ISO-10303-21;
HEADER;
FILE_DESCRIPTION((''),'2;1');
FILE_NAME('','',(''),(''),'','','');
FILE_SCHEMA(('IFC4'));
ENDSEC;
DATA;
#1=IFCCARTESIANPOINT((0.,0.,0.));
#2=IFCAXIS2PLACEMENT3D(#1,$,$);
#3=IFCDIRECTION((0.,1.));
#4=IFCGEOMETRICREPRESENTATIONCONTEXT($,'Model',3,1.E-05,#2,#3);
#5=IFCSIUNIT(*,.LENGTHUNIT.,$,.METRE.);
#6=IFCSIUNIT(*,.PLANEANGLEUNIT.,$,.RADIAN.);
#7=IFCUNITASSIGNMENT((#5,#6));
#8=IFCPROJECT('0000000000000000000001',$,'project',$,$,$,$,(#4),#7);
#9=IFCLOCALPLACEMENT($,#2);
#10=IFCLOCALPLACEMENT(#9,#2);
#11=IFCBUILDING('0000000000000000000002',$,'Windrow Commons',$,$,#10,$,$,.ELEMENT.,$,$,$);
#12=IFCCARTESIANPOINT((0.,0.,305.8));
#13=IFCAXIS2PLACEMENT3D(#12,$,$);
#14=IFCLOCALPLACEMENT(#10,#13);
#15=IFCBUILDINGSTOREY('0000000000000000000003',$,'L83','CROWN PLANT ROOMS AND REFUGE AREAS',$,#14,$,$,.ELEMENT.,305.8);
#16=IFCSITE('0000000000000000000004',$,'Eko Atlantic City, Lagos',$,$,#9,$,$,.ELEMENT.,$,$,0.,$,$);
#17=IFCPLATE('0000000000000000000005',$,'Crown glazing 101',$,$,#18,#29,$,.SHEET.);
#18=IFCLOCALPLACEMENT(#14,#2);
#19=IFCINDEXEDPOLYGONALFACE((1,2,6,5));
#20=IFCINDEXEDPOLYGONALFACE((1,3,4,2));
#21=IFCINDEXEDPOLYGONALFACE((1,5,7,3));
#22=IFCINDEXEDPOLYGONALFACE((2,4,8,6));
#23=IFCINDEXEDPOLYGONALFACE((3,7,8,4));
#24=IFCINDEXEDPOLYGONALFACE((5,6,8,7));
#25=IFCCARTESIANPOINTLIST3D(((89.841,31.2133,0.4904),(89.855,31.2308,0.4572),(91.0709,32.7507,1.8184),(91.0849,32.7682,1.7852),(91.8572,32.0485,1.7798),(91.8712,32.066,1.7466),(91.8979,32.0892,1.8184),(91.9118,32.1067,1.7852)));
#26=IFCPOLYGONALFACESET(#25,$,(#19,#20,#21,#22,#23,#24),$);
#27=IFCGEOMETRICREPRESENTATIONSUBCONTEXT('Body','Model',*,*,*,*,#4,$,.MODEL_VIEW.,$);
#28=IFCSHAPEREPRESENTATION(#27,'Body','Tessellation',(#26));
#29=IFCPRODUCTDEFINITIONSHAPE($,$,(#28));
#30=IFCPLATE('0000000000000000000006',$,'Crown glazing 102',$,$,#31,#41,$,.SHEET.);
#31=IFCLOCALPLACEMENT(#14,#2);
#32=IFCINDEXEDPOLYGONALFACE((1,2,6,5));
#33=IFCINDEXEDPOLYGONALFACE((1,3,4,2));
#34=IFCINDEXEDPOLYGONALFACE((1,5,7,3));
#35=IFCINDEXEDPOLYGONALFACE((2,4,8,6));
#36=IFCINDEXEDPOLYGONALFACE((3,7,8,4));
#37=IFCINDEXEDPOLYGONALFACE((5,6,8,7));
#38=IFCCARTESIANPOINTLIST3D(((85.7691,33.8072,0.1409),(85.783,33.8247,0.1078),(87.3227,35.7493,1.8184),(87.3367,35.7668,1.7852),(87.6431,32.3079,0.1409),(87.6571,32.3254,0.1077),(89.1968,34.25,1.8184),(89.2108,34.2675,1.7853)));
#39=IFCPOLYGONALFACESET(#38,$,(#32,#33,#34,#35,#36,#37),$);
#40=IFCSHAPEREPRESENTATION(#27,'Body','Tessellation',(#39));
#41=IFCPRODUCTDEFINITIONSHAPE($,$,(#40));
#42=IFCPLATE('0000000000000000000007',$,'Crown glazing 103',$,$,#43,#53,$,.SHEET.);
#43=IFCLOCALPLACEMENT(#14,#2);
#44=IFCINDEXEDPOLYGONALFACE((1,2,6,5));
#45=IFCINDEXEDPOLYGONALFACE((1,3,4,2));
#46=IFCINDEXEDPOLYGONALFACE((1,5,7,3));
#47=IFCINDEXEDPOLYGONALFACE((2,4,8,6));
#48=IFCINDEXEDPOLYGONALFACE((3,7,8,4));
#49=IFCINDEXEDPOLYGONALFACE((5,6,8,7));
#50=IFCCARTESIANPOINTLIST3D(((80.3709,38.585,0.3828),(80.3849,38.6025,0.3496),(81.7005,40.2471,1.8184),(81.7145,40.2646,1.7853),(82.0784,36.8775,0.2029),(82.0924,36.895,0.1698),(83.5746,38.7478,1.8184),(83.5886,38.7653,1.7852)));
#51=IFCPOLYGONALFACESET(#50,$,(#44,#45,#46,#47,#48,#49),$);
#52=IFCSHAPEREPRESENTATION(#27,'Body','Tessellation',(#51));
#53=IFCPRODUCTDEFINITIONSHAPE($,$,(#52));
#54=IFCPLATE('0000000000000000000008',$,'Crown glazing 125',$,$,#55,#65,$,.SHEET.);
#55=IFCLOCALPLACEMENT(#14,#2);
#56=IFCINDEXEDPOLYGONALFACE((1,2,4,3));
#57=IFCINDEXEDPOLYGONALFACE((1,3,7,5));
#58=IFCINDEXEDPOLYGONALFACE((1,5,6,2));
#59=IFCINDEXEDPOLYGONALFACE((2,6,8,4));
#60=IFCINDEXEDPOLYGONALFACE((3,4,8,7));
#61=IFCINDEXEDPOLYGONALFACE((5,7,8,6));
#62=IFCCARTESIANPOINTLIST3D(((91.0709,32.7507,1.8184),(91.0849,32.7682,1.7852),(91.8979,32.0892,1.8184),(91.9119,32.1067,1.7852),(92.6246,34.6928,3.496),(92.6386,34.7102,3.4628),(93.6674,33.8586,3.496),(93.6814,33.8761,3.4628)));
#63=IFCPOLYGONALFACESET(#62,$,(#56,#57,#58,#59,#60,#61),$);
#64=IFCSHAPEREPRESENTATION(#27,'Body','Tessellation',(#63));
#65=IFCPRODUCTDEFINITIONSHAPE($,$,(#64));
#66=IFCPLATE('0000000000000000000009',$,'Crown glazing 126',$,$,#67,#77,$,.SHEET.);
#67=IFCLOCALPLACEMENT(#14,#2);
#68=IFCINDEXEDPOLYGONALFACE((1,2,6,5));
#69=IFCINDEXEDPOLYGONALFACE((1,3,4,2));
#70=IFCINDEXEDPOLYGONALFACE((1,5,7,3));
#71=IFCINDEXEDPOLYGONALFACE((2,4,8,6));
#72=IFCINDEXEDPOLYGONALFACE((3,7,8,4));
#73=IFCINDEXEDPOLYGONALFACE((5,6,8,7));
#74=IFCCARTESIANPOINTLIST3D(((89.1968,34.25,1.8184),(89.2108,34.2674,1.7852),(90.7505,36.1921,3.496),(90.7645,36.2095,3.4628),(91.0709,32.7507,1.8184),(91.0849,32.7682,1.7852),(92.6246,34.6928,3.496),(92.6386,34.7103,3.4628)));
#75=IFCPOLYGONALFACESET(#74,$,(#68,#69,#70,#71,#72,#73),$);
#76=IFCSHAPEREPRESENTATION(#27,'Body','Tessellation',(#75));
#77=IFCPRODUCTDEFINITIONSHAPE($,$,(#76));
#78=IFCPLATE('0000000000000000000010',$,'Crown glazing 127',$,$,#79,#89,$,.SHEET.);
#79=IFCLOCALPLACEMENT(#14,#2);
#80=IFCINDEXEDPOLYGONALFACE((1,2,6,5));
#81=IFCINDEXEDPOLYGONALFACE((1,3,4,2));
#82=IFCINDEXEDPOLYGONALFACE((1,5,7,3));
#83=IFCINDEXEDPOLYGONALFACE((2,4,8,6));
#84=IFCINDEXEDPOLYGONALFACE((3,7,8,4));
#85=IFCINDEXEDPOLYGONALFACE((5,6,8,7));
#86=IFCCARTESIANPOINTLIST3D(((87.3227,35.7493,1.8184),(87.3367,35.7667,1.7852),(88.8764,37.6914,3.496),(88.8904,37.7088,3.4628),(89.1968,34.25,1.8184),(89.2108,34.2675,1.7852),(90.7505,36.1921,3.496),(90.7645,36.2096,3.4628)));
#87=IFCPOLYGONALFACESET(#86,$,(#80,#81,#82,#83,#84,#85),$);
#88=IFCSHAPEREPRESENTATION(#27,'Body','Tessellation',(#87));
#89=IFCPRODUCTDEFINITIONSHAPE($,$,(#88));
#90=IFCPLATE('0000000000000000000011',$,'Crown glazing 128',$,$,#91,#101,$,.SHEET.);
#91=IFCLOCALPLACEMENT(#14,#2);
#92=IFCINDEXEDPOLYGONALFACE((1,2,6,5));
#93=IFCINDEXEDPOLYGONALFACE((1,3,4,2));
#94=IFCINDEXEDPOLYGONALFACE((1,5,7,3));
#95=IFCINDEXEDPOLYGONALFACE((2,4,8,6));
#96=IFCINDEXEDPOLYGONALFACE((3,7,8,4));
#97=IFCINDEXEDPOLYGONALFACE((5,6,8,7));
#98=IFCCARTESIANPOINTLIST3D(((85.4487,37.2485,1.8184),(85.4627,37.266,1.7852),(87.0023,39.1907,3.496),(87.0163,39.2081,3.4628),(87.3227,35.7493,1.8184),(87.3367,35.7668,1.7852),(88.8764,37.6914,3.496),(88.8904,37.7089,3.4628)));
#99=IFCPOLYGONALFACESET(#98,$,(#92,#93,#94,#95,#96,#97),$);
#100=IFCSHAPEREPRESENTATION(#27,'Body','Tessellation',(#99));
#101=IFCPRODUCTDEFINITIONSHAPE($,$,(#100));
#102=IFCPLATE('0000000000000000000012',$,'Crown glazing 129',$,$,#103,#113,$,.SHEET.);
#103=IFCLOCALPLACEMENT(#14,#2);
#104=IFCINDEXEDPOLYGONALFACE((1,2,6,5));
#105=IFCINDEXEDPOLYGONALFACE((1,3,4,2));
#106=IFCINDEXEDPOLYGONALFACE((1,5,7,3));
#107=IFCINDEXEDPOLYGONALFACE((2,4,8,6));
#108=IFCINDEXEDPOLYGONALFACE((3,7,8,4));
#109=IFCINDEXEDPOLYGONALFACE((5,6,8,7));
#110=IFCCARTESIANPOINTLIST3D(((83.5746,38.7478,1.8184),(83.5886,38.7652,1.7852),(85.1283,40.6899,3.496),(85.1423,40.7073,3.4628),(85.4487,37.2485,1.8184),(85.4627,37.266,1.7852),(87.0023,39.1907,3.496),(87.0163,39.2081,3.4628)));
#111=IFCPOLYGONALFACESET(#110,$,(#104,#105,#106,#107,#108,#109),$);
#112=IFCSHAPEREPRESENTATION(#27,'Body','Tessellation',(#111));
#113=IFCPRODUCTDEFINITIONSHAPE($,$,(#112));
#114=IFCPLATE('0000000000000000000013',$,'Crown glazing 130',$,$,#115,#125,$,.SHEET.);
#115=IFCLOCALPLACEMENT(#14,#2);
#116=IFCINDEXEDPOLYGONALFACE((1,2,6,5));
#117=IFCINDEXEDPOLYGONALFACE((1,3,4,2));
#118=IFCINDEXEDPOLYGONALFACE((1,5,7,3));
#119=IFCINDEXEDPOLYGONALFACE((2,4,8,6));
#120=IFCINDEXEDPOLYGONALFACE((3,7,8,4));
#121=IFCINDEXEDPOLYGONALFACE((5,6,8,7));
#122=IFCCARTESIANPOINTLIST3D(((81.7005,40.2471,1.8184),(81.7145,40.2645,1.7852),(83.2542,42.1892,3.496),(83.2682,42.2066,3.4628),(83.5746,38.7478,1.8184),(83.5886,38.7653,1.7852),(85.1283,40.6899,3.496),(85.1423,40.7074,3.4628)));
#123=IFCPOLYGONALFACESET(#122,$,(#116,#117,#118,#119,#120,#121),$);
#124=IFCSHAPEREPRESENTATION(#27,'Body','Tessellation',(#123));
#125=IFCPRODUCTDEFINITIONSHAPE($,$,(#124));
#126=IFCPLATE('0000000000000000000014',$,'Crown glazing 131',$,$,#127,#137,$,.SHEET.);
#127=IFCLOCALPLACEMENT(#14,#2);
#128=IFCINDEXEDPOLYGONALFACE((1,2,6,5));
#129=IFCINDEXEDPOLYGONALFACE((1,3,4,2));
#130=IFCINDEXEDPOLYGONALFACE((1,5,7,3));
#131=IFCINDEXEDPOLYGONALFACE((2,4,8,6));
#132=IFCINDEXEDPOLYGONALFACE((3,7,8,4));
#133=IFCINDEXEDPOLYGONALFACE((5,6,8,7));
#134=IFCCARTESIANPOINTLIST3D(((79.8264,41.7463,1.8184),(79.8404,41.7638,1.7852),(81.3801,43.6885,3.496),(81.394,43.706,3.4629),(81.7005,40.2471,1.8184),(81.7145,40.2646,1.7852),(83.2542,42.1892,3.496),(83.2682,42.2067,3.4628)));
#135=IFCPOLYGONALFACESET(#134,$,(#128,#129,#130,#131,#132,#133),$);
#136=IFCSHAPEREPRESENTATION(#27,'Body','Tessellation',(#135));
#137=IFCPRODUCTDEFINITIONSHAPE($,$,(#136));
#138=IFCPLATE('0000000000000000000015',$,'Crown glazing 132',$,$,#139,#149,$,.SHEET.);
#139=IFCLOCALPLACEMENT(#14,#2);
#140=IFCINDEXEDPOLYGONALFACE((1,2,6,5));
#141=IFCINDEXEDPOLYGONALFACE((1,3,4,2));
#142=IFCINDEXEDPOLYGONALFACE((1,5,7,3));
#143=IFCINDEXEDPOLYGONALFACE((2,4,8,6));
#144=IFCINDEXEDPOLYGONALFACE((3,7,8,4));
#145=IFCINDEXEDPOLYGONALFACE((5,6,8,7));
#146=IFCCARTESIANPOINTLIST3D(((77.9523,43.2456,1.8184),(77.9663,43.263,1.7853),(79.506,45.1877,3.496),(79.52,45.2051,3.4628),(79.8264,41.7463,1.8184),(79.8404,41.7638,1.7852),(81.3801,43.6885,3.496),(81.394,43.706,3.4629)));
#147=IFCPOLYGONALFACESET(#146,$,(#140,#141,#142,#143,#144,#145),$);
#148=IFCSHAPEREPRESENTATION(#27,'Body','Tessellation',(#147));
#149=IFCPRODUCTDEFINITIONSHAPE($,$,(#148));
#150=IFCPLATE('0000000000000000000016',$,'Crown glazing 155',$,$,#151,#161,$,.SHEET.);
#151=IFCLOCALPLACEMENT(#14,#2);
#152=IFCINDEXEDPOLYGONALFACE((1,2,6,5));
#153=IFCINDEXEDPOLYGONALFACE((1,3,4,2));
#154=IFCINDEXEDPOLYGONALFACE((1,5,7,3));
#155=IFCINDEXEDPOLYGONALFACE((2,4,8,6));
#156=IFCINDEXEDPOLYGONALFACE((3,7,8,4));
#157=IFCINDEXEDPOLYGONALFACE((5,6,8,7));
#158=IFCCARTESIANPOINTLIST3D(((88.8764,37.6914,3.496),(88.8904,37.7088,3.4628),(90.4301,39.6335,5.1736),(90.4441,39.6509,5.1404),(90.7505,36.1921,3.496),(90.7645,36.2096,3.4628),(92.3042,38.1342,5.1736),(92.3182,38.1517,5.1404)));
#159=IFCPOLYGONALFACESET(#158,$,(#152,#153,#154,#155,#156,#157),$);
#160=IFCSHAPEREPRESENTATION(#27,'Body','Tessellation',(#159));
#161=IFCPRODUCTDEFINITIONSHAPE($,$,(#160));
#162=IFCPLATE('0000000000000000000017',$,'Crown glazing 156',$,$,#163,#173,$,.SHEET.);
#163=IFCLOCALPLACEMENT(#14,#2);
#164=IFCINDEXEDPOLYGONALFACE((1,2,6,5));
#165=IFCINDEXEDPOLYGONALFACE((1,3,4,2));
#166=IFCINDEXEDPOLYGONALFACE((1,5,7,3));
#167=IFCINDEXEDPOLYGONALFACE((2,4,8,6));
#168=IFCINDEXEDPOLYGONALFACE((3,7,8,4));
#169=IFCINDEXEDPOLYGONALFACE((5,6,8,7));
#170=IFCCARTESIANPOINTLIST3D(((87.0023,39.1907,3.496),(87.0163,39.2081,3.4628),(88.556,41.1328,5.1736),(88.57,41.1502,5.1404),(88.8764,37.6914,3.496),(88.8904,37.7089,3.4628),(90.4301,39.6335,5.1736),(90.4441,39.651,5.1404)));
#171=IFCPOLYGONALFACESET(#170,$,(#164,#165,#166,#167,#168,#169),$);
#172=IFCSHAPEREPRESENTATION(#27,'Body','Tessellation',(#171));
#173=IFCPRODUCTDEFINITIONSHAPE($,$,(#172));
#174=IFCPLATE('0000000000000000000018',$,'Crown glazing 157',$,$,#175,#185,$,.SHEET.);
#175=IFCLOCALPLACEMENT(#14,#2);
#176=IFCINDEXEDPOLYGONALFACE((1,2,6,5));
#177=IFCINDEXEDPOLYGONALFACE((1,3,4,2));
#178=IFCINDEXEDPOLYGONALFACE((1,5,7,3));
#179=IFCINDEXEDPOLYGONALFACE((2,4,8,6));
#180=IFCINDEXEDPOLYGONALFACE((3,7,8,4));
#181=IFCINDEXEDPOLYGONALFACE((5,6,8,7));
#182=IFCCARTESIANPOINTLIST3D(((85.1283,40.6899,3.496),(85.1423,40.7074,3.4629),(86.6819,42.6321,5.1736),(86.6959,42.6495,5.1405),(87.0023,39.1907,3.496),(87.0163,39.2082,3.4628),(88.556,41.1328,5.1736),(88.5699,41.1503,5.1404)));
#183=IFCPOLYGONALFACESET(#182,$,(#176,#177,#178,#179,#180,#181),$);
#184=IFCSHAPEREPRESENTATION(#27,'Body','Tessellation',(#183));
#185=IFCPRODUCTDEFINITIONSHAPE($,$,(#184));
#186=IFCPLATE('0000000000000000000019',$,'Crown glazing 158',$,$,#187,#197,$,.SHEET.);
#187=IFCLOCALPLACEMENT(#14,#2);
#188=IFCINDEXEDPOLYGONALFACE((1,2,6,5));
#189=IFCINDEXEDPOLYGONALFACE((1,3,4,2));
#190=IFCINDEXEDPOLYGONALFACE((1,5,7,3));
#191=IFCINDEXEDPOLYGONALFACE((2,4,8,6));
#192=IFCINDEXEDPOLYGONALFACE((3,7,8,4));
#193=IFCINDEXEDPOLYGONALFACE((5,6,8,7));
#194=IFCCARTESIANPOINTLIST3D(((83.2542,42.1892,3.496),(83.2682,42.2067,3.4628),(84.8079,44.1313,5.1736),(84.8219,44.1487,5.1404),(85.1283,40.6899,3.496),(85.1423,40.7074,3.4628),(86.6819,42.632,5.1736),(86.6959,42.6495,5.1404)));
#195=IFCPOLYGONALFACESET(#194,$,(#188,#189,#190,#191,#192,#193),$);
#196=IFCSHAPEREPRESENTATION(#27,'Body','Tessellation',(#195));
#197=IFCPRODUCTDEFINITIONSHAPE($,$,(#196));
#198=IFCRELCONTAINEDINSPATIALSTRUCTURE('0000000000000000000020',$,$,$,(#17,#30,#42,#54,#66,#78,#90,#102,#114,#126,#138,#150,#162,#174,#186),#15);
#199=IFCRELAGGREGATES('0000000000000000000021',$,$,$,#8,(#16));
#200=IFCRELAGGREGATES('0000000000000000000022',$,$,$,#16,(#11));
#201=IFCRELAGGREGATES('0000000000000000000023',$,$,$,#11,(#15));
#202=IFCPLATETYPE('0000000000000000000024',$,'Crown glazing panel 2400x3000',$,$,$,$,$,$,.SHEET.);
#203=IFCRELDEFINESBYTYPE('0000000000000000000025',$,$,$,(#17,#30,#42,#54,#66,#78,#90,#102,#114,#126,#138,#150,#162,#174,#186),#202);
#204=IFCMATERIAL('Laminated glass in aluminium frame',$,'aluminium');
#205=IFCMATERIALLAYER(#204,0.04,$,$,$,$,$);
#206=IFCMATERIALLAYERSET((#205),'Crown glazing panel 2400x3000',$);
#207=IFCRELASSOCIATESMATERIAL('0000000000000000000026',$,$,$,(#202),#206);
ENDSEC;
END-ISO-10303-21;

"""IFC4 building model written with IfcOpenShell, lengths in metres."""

from ifc_helpers import new_model, si_unit, direction, frame, origin, place, context, subcontext, project, spatial, polyline, outline, extrude, material, layer, layer_set, type_object, element, save


model = new_model("IFC4")

# Units and contexts
model_context = context("Model", 3, precision=1e-05, world=origin(), true_north=direction((0.0, 1.0)))
body_context = subcontext(model_context, "Body", "Model", "MODEL_VIEW")
ifc_project = project(units=[si_unit("LENGTHUNIT", "METRE"), si_unit("PLANEANGLEUNIT", "RADIAN")], contexts=[model_context])

# Site, building, storey
site_placement = place(None, origin())
site = spatial("IfcSite", under=ifc_project, at=site_placement, Name="Eko Atlantic City, Lagos", CompositionType="ELEMENT", RefElevation=0.0)
building_placement = place(site_placement, origin())
building = spatial("IfcBuilding", under=site, at=building_placement, Name="Windrow Commons", CompositionType="ELEMENT")
storey_placement = place(building_placement, frame((0.0, 0.0, 305.8)))
storey = spatial("IfcBuildingStorey", under=building, at=storey_placement, Name="L83", Description="CROWN PLANT ROOMS AND REFUGE AREAS", CompositionType="ELEMENT", Elevation=305.8)

# Plates
ifc_material_1 = material(Name="Laminated glass in aluminium frame", Category="aluminium")
ifc_layer_1 = layer(ifc_material_1, 0.04)
ifc_layer_set_1 = layer_set([ifc_layer_1], Name="Crown glazing panel 2400x3000")
plate_type = type_object("IfcPlateType", Name="Crown glazing panel 2400x3000", PredefinedType="SHEET", material=ifc_layer_set_1)
plate_1_placement = place(storey_placement, frame((91.8572, 32.0485, 1.7798), z_axis=(-0.34929, -0.436695, 0.829032), x_axis=(-0.795409, -0.329492, -0.508684)))
element("IfcPlate", 1, at=plate_1_placement, inside=storey, type_object=plate_type, Name="Crown glazing 101", PredefinedType="SHEET", context=body_context, shape_type="SweptSolid", body=[
    extrude(outline(polyline([(0.0, 0.0), (2.5348, 0.0), (0.3744, -0.9862), (-0.0654, -0.0229), (0.0, 0.0)])), origin(), (0.0, 0.0, -1.0), 0.04),
])
plate_2_placement = place(storey_placement, frame((87.6431, 32.3079, 0.1409), z_axis=(-0.349325, -0.436639, 0.829047), x_axis=(-0.780851, 0.624717, 0.000006)))
element("IfcPlate", 2, at=plate_2_placement, inside=storey, type_object=plate_type, Name="Crown glazing 102", PredefinedType="SHEET", context=body_context, shape_type="SweptSolid", body=[
    extrude(outline(polyline([(0.0, 0.0), (2.4, 0.0), (2.4001, -2.9999), (0.0001, -3.0), (0.0, 0.0)])), origin(), (0.0, 0.0, -1.0), 0.04),
])
plate_3_placement = place(storey_placement, frame((80.3709, 38.585, 0.3828), z_axis=(-0.349313, -0.436648, 0.829047), x_axis=(0.517882, 0.647392, 0.559179)))
element("IfcPlate", 3, at=plate_3_placement, inside=storey, type_object=plate_type, Name="Crown glazing 103", PredefinedType="SHEET", context=body_context, shape_type="SweptSolid", body=[
    extrude(outline(polyline([(0.0, 0.0), (2.5674, 0.0), (2.5673, -2.4), (-0.3217, -2.4), (0.0, 0.0)])), origin(), (0.0, 0.0, -1.0), 0.04),
])
plate_4_placement = place(storey_placement, frame((91.8979, 32.0892, 1.8184), z_axis=(-0.349311, -0.436679, 0.829031), x_axis=(-0.780909, 0.624644, -0.000013)))
element("IfcPlate", 4, at=plate_4_placement, inside=storey, type_object=plate_type, Name="Crown glazing 125", PredefinedType="SHEET", context=body_context, shape_type="SweptSolid", body=[
    extrude(outline(polyline([(0.0, 0.0), (1.059, 0.0), (1.0588, -3.0), (-0.2766, -3.0), (0.0, 0.0)])), origin(), (0.0, 0.0, -1.0), 0.04),
])
for number, where, z_axis, x_axis, name in (
    (5, (91.0709, 32.7507, 1.8184), (-0.349331, -0.436658, 0.829034), (-0.780865, 0.6247, 0.0), "Crown glazing 126"),
    (6, (89.1968, 34.25, 1.8184), (-0.349331, -0.436658, 0.829034), (-0.780865, 0.6247, 0.0), "Crown glazing 127"),
):
    element("IfcPlate", number, at=place(storey_placement, frame(where, z_axis=z_axis, x_axis=x_axis)), inside=storey, type_object=plate_type, Name=name, PredefinedType="SHEET", context=body_context, shape_type="SweptSolid", body=[
        extrude(outline(polyline([(0.0, 0.0), (2.4, 0.0), (2.4, -3.0), (0.0, -3.0), (0.0, 0.0)])), origin(), (0.0, 0.0, -1.0), 0.04),
    ])
plate_5_placement = place(storey_placement, frame((87.3227, 35.7493, 1.8184), z_axis=(-0.349329, -0.436658, 0.829035), x_axis=(-0.780868, 0.624696, -0.000002)))
element("IfcPlate", 7, at=plate_5_placement, inside=storey, type_object=plate_type, Name="Crown glazing 128", PredefinedType="SHEET", context=body_context, shape_type="SweptSolid", body=[
    extrude(outline(polyline([(0.0, 0.0), (2.3999, 0.0), (2.4, -3.0), (0.0, -3.0), (0.0, 0.0)])), origin(), (0.0, 0.0, -1.0), 0.04),
])
plate_6_placement = place(storey_placement, frame((85.4487, 37.2485, 1.8184), z_axis=(-0.349329, -0.436658, 0.829035), x_axis=(-0.780865, 0.624699, 0.000002)))
element("IfcPlate", 8, at=plate_6_placement, inside=storey, type_object=plate_type, Name="Crown glazing 129", PredefinedType="SHEET", context=body_context, shape_type="SweptSolid", body=[
    extrude(outline(polyline([(0.0, 0.0), (2.4, 0.0), (2.4, -3.0), (0.0001, -3.0), (0.0, 0.0)])), origin(), (0.0, 0.0, -1.0), 0.04),
])
plate_7_placement = place(storey_placement, frame((83.5746, 38.7478, 1.8184), z_axis=(-0.349331, -0.436658, 0.829034), x_axis=(-0.780865, 0.6247, 0.0)))
element("IfcPlate", 9, at=plate_7_placement, inside=storey, type_object=plate_type, Name="Crown glazing 130", PredefinedType="SHEET", context=body_context, shape_type="SweptSolid", body=[
    extrude(outline(polyline([(0.0, 0.0), (2.4, 0.0), (2.4, -3.0), (0.0, -3.0), (0.0, 0.0)])), origin(), (0.0, 0.0, -1.0), 0.04),
])
plate_8_placement = place(storey_placement, frame((81.7005, 40.2471, 1.8184), z_axis=(-0.34932, -0.436659, 0.829038), x_axis=(-0.780882, 0.624679, -0.000008)))
element("IfcPlate", 10, at=plate_8_placement, inside=storey, type_object=plate_type, Name="Crown glazing 131", PredefinedType="SHEET", context=body_context, shape_type="SweptSolid", body=[
    extrude(outline(polyline([(0.0, 0.0), (2.4, 0.0), (2.4, -3.0001), (-0.0001, -3.0), (0.0, 0.0)])), origin(), (0.0, 0.0, -1.0), 0.04),
])
plate_9_placement = place(storey_placement, frame((79.8264, 41.7463, 1.8184), z_axis=(-0.34932, -0.436659, 0.829038), x_axis=(-0.780868, 0.624696, 0.000008)))
element("IfcPlate", 11, at=plate_9_placement, inside=storey, type_object=plate_type, Name="Crown glazing 132", PredefinedType="SHEET", context=body_context, shape_type="SweptSolid", body=[
    extrude(outline(polyline([(0.0, 0.0), (2.4, 0.0), (2.4, -3.0), (0.0001, -3.0001), (0.0, 0.0)])), origin(), (0.0, 0.0, -1.0), 0.04),
])
for number, where, z_axis, x_axis, name in (
    (12, (90.7505, 36.1921, 3.496), (-0.349331, -0.436658, 0.829034), (-0.780865, 0.6247, 0.0), "Crown glazing 155"),
    (13, (88.8764, 37.6914, 3.496), (-0.349331, -0.436658, 0.829034), (-0.780865, 0.6247, 0.0), "Crown glazing 156"),
):
    element("IfcPlate", number, at=place(storey_placement, frame(where, z_axis=z_axis, x_axis=x_axis)), inside=storey, type_object=plate_type, Name=name, PredefinedType="SHEET", context=body_context, shape_type="SweptSolid", body=[
        extrude(outline(polyline([(0.0, 0.0), (2.4, 0.0), (2.4, -3.0), (0.0, -3.0), (0.0, 0.0)])), origin(), (0.0, 0.0, -1.0), 0.04),
    ])
plate_10_placement = place(storey_placement, frame((87.0023, 39.1907, 3.496), z_axis=(-0.349325, -0.436668, 0.829031), x_axis=(-0.780871, 0.624692, 0.000006)))
element("IfcPlate", 14, at=plate_10_placement, inside=storey, type_object=plate_type, Name="Crown glazing 157", PredefinedType="SHEET", context=body_context, shape_type="SweptSolid", body=[
    extrude(outline(polyline([(0.0, 0.0), (2.3999, 0.0), (2.4, -3.0), (0.0, -3.0), (0.0, 0.0)])), origin(), (0.0, 0.0, -1.0), 0.04),
])
plate_11_placement = place(storey_placement, frame((85.1283, 40.6899, 3.496), z_axis=(-0.349339, -0.436657, 0.829031), x_axis=(-0.780862, 0.624703, -0.000006)))
element("IfcPlate", 15, at=plate_11_placement, inside=storey, type_object=plate_type, Name="Crown glazing 158", PredefinedType="SHEET", context=body_context, shape_type="SweptSolid", body=[
    extrude(outline(polyline([(0.0, 0.0), (2.4, 0.0), (2.4, -3.0), (0.0001, -3.0), (0.0, 0.0)])), origin(), (0.0, 0.0, -1.0), 0.04),
])

save(model, "model.ifc")
